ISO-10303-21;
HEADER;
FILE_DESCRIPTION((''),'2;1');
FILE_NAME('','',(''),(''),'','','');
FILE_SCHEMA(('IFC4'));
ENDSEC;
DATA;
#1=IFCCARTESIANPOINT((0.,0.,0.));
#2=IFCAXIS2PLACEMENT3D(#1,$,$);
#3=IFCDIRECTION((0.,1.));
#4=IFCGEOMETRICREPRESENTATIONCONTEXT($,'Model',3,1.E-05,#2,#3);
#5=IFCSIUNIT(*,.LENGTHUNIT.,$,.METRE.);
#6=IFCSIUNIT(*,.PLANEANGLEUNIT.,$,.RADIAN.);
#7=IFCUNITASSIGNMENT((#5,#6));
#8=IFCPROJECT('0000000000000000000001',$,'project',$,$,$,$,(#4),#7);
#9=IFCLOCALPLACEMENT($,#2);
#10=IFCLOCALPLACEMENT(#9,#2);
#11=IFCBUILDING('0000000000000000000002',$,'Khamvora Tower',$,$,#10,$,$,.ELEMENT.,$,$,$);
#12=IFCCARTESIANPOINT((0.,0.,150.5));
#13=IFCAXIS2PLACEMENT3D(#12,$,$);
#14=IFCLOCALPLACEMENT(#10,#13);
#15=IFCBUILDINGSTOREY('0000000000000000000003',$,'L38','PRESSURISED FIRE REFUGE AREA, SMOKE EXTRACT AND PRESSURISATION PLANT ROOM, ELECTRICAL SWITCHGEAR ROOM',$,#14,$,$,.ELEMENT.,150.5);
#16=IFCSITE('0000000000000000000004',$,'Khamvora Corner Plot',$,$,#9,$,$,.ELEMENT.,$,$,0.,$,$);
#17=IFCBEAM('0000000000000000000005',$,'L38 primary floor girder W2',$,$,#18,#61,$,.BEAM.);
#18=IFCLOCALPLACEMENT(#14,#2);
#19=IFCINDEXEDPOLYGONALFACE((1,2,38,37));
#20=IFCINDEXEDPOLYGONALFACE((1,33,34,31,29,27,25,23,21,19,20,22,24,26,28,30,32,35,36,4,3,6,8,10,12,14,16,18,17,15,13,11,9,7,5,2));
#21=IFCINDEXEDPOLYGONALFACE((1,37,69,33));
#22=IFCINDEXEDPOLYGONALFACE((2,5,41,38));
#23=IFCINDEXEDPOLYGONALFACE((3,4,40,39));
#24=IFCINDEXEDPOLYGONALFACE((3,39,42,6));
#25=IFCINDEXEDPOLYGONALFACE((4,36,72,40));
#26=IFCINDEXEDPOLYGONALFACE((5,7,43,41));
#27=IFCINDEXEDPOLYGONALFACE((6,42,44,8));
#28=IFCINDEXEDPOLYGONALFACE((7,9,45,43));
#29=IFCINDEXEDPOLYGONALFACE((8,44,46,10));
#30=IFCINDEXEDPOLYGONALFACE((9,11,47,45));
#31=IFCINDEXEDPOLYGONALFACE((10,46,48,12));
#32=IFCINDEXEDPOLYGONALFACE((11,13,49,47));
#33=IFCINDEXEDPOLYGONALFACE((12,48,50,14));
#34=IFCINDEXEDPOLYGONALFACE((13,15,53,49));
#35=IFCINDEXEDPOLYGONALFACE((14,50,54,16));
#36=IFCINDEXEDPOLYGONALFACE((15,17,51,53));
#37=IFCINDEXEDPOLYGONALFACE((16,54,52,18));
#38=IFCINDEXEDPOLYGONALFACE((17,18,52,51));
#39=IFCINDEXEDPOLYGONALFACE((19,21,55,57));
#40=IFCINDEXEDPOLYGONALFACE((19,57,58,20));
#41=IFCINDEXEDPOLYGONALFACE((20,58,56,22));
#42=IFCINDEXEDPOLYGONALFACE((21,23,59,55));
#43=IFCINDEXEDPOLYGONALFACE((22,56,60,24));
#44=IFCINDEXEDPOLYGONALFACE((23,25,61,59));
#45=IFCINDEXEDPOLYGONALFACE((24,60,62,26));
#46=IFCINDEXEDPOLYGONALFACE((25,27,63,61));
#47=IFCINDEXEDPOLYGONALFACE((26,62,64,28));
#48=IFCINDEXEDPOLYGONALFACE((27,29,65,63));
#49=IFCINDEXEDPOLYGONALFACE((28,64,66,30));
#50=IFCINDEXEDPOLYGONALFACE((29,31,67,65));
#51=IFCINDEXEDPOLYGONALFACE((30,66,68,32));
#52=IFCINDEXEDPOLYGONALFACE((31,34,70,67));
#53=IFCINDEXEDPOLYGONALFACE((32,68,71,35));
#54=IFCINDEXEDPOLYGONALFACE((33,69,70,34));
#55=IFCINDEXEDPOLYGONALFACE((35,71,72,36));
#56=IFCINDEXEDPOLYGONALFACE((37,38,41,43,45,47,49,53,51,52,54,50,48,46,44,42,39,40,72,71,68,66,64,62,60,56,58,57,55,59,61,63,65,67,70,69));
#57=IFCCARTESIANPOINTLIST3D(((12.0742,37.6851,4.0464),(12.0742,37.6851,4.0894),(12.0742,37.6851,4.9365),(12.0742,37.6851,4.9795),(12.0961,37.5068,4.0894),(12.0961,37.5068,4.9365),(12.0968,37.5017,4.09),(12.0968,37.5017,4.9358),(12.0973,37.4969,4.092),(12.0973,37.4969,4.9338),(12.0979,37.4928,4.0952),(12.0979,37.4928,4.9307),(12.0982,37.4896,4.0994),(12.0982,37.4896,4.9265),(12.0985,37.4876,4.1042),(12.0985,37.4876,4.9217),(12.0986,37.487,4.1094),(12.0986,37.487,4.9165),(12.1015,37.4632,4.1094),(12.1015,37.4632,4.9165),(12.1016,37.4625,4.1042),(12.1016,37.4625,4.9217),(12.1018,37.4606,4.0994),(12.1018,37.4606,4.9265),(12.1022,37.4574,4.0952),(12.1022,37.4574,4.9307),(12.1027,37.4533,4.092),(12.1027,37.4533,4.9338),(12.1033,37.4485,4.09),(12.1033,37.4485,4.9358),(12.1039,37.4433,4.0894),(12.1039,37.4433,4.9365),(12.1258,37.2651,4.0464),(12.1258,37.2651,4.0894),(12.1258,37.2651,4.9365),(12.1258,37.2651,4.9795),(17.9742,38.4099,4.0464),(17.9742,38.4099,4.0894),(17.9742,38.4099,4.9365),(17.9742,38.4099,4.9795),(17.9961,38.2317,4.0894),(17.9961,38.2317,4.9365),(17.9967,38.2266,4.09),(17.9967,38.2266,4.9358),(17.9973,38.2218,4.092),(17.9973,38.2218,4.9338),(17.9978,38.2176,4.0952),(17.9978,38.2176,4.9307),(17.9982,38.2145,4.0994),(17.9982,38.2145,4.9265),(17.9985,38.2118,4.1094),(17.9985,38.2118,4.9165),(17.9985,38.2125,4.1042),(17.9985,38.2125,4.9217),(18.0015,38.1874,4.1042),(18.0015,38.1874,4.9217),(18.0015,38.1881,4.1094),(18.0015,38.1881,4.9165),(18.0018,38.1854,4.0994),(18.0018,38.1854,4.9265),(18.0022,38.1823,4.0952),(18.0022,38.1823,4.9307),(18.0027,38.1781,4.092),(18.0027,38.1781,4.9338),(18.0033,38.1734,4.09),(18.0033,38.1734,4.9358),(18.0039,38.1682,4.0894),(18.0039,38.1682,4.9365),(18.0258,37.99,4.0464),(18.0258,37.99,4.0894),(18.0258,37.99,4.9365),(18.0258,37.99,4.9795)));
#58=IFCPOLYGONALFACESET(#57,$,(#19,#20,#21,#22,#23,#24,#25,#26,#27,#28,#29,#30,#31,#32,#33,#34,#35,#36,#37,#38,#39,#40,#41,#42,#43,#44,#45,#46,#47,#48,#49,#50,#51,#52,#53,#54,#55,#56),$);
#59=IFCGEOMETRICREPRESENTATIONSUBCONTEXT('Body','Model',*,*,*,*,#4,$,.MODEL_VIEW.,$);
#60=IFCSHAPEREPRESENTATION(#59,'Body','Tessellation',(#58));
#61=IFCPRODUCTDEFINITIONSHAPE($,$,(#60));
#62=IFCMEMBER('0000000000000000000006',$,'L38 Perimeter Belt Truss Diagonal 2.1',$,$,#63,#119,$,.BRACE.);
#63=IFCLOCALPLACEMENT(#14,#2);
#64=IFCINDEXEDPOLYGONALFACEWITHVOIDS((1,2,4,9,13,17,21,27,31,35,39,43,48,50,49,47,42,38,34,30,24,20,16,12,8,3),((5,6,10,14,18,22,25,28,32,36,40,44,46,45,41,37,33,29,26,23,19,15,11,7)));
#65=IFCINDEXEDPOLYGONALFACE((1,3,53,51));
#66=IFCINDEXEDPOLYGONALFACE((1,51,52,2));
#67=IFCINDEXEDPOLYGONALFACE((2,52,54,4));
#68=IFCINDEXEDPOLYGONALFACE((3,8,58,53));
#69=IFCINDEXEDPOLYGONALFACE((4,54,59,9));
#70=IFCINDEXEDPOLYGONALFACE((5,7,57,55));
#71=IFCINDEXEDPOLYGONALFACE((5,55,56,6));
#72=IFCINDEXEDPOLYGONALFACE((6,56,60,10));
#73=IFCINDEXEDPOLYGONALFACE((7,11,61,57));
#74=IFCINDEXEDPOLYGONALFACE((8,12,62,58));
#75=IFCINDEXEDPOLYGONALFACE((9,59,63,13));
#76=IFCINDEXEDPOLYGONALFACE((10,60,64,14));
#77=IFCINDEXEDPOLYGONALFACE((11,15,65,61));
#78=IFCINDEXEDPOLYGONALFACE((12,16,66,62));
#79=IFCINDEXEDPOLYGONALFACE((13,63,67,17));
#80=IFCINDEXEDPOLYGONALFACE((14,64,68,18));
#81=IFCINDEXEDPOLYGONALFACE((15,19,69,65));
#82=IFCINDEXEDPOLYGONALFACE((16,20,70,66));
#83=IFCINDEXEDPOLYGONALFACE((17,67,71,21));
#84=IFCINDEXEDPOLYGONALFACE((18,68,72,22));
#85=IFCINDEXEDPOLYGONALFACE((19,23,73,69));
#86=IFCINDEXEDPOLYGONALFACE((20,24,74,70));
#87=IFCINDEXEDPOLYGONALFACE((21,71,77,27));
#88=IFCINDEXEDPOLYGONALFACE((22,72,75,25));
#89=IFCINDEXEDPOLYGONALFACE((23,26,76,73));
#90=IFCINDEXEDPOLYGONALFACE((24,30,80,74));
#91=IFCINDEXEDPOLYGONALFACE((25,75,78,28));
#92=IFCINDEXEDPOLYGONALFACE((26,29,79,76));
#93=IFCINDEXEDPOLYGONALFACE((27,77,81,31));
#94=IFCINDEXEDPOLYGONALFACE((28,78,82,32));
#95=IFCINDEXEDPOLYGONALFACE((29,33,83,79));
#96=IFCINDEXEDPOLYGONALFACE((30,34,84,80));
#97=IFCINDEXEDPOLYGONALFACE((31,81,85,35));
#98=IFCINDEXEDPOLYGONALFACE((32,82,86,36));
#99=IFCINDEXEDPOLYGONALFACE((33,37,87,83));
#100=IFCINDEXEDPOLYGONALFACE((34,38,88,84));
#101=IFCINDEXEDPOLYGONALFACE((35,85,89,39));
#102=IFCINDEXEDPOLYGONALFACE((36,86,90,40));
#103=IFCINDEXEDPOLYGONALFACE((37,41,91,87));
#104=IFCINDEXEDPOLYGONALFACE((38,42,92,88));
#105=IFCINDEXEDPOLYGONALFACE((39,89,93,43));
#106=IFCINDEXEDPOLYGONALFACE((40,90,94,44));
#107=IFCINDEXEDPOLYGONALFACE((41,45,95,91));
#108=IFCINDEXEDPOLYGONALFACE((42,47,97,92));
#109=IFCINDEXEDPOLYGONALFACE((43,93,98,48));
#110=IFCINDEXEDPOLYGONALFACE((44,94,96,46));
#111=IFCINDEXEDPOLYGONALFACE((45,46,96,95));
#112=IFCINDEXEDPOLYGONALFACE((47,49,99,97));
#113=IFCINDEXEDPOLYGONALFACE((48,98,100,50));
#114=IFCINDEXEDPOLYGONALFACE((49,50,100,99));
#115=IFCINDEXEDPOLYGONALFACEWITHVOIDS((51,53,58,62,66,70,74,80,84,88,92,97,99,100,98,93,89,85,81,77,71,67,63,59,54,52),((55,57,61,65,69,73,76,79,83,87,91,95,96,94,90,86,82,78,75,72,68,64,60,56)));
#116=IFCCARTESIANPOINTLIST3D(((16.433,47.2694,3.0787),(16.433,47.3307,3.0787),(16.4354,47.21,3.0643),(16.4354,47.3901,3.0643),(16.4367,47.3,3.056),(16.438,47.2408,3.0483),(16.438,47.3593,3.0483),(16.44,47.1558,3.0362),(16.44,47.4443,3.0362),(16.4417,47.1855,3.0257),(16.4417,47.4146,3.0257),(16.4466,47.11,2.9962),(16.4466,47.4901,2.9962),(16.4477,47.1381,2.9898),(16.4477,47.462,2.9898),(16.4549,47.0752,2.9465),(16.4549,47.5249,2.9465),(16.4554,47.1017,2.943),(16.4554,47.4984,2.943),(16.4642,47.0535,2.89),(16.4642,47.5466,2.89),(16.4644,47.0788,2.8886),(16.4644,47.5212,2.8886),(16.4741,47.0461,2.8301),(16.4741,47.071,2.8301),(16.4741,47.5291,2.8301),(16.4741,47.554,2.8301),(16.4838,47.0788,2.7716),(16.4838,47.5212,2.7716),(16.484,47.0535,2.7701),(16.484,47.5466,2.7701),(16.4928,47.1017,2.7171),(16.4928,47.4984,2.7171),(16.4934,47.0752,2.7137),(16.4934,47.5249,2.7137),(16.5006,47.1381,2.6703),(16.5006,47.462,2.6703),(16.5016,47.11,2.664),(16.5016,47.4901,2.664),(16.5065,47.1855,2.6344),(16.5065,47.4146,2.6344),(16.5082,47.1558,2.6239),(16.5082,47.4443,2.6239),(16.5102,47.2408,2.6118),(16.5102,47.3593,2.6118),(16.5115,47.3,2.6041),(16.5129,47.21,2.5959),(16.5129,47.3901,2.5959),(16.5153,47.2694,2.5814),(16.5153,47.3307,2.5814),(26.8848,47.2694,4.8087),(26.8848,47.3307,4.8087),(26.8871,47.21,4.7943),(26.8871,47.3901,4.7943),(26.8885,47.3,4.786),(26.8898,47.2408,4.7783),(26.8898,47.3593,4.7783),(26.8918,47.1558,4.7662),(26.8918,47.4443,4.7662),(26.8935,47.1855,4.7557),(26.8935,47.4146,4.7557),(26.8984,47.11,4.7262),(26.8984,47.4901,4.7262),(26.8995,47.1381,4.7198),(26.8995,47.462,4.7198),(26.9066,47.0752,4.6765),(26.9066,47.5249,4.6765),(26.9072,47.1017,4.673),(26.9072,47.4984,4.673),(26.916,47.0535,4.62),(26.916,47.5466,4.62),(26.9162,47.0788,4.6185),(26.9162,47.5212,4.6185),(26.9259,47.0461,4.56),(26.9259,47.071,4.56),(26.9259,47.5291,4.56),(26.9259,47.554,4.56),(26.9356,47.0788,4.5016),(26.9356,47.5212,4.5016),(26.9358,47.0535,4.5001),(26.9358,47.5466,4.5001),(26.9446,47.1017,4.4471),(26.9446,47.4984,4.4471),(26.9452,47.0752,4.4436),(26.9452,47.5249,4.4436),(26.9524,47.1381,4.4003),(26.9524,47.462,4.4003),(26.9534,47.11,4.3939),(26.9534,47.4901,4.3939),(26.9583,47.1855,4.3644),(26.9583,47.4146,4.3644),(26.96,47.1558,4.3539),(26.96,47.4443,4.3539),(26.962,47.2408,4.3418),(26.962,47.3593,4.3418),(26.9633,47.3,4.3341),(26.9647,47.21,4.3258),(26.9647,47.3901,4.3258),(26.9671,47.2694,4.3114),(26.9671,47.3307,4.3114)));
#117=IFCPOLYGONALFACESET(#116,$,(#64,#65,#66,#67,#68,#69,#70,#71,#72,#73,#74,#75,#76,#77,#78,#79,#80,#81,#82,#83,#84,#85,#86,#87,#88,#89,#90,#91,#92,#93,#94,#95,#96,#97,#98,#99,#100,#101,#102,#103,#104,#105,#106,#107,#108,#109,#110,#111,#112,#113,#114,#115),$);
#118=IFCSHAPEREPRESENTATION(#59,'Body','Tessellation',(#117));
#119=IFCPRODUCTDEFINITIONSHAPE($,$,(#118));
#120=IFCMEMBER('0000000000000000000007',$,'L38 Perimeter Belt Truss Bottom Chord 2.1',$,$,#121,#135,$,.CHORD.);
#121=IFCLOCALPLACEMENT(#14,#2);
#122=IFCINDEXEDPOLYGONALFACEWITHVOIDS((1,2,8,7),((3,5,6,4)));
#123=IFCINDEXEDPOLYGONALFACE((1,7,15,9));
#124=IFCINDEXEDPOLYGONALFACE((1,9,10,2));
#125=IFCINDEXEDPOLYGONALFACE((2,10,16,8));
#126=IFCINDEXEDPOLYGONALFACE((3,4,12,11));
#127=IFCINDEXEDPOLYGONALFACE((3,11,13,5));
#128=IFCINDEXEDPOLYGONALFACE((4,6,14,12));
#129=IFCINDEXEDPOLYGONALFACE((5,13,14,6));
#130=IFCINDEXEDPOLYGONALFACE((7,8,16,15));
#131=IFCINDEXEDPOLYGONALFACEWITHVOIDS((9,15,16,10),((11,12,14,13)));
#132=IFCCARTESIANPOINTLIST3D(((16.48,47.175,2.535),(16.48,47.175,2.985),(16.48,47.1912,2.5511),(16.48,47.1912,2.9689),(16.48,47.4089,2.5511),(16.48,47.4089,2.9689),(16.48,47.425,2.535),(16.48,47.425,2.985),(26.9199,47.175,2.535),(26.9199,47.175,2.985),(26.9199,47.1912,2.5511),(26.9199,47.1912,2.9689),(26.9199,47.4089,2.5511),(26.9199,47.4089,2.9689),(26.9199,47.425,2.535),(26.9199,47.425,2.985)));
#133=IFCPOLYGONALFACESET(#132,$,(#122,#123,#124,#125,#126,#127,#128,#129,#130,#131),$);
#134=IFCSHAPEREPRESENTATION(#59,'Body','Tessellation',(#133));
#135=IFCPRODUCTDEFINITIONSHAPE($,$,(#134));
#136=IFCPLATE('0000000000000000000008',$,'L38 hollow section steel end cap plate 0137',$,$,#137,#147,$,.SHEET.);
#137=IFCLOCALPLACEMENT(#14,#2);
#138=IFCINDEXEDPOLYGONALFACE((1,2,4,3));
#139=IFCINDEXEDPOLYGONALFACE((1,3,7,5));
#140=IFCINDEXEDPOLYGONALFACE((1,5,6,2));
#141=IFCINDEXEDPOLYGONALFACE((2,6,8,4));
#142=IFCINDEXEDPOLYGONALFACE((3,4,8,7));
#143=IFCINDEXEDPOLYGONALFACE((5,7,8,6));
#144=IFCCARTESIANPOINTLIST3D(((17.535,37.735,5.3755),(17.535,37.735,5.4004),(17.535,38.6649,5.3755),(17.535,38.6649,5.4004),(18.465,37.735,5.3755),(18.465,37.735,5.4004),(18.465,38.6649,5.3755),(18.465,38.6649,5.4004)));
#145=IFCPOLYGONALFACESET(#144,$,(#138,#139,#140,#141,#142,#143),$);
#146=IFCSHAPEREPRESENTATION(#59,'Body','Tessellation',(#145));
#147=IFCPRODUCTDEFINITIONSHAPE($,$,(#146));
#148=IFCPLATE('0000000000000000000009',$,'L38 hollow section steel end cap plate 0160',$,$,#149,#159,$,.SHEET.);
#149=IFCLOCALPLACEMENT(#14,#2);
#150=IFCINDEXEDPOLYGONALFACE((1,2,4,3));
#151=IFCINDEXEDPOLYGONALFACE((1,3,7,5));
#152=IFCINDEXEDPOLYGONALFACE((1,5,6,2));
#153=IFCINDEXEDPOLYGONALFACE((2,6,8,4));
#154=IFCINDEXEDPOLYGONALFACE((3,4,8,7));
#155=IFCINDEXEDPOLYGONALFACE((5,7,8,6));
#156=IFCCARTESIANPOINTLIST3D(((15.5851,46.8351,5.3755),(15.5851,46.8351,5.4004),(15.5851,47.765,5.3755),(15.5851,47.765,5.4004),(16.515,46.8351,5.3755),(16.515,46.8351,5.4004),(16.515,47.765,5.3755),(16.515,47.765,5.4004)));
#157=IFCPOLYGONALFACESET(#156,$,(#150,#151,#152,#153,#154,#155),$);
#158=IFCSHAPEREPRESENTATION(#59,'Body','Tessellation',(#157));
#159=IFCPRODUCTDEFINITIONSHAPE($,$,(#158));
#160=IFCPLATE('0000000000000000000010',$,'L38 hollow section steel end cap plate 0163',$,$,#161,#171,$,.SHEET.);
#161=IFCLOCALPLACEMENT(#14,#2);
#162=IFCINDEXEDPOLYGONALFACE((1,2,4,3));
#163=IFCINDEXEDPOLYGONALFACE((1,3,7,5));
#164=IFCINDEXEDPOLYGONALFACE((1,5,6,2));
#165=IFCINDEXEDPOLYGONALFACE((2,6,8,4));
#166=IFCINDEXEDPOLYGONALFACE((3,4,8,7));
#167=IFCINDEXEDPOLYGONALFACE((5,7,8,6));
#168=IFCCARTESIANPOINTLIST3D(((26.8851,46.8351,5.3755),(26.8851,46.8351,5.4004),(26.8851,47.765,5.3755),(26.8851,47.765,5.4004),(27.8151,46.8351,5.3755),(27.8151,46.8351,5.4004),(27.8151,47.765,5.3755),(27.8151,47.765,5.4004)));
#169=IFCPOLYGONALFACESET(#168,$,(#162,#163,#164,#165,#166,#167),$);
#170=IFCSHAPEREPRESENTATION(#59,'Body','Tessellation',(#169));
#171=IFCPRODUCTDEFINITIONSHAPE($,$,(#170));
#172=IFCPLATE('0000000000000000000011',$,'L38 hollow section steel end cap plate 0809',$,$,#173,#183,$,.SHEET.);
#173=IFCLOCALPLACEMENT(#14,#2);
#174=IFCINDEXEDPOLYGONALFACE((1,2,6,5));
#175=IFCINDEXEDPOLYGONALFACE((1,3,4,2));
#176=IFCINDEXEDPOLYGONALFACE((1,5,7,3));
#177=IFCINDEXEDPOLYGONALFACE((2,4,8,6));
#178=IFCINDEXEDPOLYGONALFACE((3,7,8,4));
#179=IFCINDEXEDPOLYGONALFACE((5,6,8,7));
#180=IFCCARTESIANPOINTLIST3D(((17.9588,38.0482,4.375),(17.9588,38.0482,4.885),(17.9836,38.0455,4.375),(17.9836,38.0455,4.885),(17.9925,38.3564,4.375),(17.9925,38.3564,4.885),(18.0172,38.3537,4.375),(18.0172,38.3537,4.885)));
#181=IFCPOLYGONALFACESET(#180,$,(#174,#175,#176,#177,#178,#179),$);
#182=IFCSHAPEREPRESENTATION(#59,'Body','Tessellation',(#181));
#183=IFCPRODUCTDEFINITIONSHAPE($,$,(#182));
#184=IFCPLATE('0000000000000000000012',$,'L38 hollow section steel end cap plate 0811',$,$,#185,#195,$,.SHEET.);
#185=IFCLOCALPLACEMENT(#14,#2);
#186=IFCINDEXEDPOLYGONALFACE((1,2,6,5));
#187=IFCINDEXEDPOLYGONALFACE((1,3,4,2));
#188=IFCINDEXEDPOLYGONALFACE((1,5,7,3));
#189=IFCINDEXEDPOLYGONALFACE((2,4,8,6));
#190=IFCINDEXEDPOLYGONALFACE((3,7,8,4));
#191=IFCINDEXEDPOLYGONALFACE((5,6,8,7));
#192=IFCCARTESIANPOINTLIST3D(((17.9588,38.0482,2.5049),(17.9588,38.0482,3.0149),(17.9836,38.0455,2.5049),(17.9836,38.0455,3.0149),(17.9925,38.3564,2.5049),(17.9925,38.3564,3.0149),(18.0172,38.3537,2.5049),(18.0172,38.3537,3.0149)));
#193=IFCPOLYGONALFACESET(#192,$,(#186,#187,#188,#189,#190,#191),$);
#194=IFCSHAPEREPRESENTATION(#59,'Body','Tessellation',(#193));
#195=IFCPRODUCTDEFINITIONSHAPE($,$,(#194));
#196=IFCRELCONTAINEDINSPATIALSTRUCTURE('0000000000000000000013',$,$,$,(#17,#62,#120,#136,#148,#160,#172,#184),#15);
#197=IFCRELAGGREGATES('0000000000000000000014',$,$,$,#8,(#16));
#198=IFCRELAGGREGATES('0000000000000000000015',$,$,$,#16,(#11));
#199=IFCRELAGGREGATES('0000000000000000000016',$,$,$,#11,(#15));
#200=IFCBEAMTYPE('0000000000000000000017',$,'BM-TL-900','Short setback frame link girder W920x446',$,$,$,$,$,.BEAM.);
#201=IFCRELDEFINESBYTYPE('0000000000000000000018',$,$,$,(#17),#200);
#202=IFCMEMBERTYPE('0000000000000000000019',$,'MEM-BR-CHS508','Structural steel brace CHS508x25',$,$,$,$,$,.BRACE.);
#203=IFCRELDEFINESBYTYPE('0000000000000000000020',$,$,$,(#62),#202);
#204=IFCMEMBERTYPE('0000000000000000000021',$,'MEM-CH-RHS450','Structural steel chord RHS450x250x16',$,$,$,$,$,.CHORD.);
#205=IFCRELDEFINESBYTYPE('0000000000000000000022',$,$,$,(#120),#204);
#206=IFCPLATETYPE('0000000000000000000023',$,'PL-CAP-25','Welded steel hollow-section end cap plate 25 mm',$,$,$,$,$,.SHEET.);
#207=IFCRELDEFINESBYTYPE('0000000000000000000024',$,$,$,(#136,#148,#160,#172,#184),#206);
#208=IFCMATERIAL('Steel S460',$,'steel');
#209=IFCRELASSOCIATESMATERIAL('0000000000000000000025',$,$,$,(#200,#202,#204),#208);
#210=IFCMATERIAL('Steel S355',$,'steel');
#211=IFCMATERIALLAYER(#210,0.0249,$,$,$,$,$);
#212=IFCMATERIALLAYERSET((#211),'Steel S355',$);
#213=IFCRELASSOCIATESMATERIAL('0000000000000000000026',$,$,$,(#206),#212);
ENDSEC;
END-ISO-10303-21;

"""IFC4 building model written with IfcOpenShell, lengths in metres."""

from ifc_helpers import new_model, si_unit, direction, frame, origin, origin_2d, place, context, subcontext, project, spatial, rectangle, hollow_rectangle, hollow_circle, i_section, extrude, material, layer, layer_set, material_profile, profile_set, type_object, element, save


model = new_model("IFC4")

# Units and contexts
model_context = context("Model", 3, precision=1e-05, world=origin(), true_north=direction((0.0, 1.0)))
body_context = subcontext(model_context, "Body", "Model", "MODEL_VIEW")
ifc_project = project(units=[si_unit("LENGTHUNIT", "METRE"), si_unit("PLANEANGLEUNIT", "RADIAN")], contexts=[model_context])

# Site, building, storey
site_placement = place(None, origin())
site = spatial("IfcSite", under=ifc_project, at=site_placement, Name="Khamvora Corner Plot", CompositionType="ELEMENT", RefElevation=0.0)
building_placement = place(site_placement, origin())
building = spatial("IfcBuilding", under=site, at=building_placement, Name="Khamvora Tower", CompositionType="ELEMENT")
storey_placement = place(building_placement, frame((0.0, 0.0, 150.5)))
storey = spatial("IfcBuildingStorey", under=building, at=storey_placement, Name="L38", Description="PRESSURISED FIRE REFUGE AREA, SMOKE EXTRACT AND PRESSURISATION PLANT ROOM, ELECTRICAL SWITCHGEAR ROOM", CompositionType="ELEMENT", Elevation=150.5)

# Shared definitions
ifc_material_1 = material(Name="Steel S355", Category="steel")

# Beam
ifc_material_2 = material(Name="Steel S460", Category="steel")
ifc_material_profile_1 = material_profile(ifc_material_2, i_section(OverallWidth=0.4231, OverallDepth=0.9331, WebThickness=0.0239, FlangeThickness=0.043, FilletRadius=0.02, at=origin_2d()), Name="W920x446")
ifc_profile_set_1 = profile_set([ifc_material_profile_1], Name="Steel S460")
beam_type_1 = type_object("IfcBeamType", Name="BM-TL-900", Description="Short setback frame link girder W920x446", PredefinedType="BEAM", material=ifc_profile_set_1)
beam_1_placement = place(storey_placement, frame((18.0, 38.2, 4.5129), z_axis=(-0.992537, -0.121942, 0.0), x_axis=(0.121942, -0.992537, 0.0)))
element("IfcBeam", 1, at=beam_1_placement, inside=storey, type_object=beam_type_1, Name="L38 primary floor girder W2", PredefinedType="BEAM", context=body_context, shape_type="SweptSolid", body=[
    extrude(i_section(OverallWidth=0.4231, OverallDepth=0.9331, WebThickness=0.0239, FlangeThickness=0.043, FilletRadius=0.02, at=origin_2d()), origin(), (0.0, 0.0, 1.0), 5.9443),
])

# Members
ifc_material_profile_2 = material_profile(ifc_material_2, hollow_circle(Radius=0.2539, WallThickness=0.0249, at=origin_2d()), Name="CHS508x25")
ifc_profile_set_2 = profile_set([ifc_material_profile_2], Name="Steel S460")
member_type_1 = type_object("IfcMemberType", Name="MEM-BR-CHS508", Description="Structural steel brace CHS508x25", PredefinedType="BRACE", material=ifc_profile_set_2)
member_1_placement = place(storey_placement, frame((16.4741, 47.3, 2.8301), z_axis=(0.986577, 0.0, 0.163296), x_axis=(0.0, 1.0, 0.0)))
element("IfcMember", 2, at=member_1_placement, inside=storey, type_object=member_type_1, Name="L38 Perimeter Belt Truss Diagonal 2.1", PredefinedType="BRACE", context=body_context, shape_type="SweptSolid", body=[
    extrude(hollow_circle(Radius=0.2539, WallThickness=0.0249, at=origin_2d()), origin(), (0.0, 0.0, 1.0), 10.594),
])
ifc_material_profile_3 = material_profile(ifc_material_2, hollow_rectangle(XDim=0.25, YDim=0.45, WallThickness=0.0161, at=origin_2d()), Name="RHS450x250x16")
ifc_profile_set_3 = profile_set([ifc_material_profile_3], Name="Steel S460")
member_type_2 = type_object("IfcMemberType", Name="MEM-CH-RHS450", Description="Structural steel chord RHS450x250x16", PredefinedType="CHORD", material=ifc_profile_set_3)
member_2_placement = place(storey_placement, frame((16.48, 47.3, 2.76), z_axis=(1.0, 0.0, 0.0), x_axis=(0.0, 1.0, 0.0)))
element("IfcMember", 3, at=member_2_placement, inside=storey, type_object=member_type_2, Name="L38 Perimeter Belt Truss Bottom Chord 2.1", PredefinedType="CHORD", context=body_context, shape_type="SweptSolid", body=[
    extrude(hollow_rectangle(XDim=0.25, YDim=0.45, WallThickness=0.0161, at=origin_2d()), origin(), (0.0, 0.0, 1.0), 10.4399),
])

# Plates
ifc_layer_1 = layer(ifc_material_1, 0.0249)
ifc_layer_set_1 = layer_set([ifc_layer_1], Name="Steel S355")
plate_type_1 = type_object("IfcPlateType", Name="PL-CAP-25", Description="Welded steel hollow-section end cap plate 25 mm", PredefinedType="SHEET", material=ifc_layer_set_1)
for number, where, z_axis, x_axis, name in (
    (4, (18.0, 38.2, 5.3755), (0.0, 0.0, 1.0), (1.0, 0.0, 0.0), "L38 hollow section steel end cap plate 0137"),
    (5, (16.05, 47.3, 5.3755), (0.0, 0.0, 1.0), (1.0, 0.0, 0.0), "L38 hollow section steel end cap plate 0160"),
    (6, (27.3501, 47.3, 5.3755), (0.0, 0.0, 1.0), (1.0, 0.0, 0.0), "L38 hollow section steel end cap plate 0163"),
):
    element("IfcPlate", number, at=place(storey_placement, frame(where, z_axis=z_axis, x_axis=x_axis)), inside=storey, type_object=plate_type_1, Name=name, PredefinedType="SHEET", context=body_context, shape_type="SweptSolid", body=[
        extrude(rectangle(XDim=0.9299, YDim=0.9299, at=origin_2d()), origin(), (0.0, 0.0, 1.0), 0.0249),
    ])
for number, where, z_axis, x_axis, name in (
    (7, (17.988, 38.2009, 4.375), (0.0, 0.0, 1.0), (-0.994102, 0.10845, 0.0), "L38 hollow section steel end cap plate 0809"),
    (8, (17.988, 38.2009, 2.5049), (0.0, 0.0, 1.0), (-0.994102, 0.10845, 0.0), "L38 hollow section steel end cap plate 0811"),
):
    element("IfcPlate", number, at=place(storey_placement, frame(where, z_axis=z_axis, x_axis=x_axis)), inside=storey, type_object=plate_type_1, Name=name, PredefinedType="SHEET", context=body_context, shape_type="SweptSolid", body=[
        extrude(rectangle(XDim=0.0249, YDim=0.3101, at=origin_2d()), origin(), (0.0, 0.0, 1.0), 0.51),
    ])

save(model, "model.ifc")
